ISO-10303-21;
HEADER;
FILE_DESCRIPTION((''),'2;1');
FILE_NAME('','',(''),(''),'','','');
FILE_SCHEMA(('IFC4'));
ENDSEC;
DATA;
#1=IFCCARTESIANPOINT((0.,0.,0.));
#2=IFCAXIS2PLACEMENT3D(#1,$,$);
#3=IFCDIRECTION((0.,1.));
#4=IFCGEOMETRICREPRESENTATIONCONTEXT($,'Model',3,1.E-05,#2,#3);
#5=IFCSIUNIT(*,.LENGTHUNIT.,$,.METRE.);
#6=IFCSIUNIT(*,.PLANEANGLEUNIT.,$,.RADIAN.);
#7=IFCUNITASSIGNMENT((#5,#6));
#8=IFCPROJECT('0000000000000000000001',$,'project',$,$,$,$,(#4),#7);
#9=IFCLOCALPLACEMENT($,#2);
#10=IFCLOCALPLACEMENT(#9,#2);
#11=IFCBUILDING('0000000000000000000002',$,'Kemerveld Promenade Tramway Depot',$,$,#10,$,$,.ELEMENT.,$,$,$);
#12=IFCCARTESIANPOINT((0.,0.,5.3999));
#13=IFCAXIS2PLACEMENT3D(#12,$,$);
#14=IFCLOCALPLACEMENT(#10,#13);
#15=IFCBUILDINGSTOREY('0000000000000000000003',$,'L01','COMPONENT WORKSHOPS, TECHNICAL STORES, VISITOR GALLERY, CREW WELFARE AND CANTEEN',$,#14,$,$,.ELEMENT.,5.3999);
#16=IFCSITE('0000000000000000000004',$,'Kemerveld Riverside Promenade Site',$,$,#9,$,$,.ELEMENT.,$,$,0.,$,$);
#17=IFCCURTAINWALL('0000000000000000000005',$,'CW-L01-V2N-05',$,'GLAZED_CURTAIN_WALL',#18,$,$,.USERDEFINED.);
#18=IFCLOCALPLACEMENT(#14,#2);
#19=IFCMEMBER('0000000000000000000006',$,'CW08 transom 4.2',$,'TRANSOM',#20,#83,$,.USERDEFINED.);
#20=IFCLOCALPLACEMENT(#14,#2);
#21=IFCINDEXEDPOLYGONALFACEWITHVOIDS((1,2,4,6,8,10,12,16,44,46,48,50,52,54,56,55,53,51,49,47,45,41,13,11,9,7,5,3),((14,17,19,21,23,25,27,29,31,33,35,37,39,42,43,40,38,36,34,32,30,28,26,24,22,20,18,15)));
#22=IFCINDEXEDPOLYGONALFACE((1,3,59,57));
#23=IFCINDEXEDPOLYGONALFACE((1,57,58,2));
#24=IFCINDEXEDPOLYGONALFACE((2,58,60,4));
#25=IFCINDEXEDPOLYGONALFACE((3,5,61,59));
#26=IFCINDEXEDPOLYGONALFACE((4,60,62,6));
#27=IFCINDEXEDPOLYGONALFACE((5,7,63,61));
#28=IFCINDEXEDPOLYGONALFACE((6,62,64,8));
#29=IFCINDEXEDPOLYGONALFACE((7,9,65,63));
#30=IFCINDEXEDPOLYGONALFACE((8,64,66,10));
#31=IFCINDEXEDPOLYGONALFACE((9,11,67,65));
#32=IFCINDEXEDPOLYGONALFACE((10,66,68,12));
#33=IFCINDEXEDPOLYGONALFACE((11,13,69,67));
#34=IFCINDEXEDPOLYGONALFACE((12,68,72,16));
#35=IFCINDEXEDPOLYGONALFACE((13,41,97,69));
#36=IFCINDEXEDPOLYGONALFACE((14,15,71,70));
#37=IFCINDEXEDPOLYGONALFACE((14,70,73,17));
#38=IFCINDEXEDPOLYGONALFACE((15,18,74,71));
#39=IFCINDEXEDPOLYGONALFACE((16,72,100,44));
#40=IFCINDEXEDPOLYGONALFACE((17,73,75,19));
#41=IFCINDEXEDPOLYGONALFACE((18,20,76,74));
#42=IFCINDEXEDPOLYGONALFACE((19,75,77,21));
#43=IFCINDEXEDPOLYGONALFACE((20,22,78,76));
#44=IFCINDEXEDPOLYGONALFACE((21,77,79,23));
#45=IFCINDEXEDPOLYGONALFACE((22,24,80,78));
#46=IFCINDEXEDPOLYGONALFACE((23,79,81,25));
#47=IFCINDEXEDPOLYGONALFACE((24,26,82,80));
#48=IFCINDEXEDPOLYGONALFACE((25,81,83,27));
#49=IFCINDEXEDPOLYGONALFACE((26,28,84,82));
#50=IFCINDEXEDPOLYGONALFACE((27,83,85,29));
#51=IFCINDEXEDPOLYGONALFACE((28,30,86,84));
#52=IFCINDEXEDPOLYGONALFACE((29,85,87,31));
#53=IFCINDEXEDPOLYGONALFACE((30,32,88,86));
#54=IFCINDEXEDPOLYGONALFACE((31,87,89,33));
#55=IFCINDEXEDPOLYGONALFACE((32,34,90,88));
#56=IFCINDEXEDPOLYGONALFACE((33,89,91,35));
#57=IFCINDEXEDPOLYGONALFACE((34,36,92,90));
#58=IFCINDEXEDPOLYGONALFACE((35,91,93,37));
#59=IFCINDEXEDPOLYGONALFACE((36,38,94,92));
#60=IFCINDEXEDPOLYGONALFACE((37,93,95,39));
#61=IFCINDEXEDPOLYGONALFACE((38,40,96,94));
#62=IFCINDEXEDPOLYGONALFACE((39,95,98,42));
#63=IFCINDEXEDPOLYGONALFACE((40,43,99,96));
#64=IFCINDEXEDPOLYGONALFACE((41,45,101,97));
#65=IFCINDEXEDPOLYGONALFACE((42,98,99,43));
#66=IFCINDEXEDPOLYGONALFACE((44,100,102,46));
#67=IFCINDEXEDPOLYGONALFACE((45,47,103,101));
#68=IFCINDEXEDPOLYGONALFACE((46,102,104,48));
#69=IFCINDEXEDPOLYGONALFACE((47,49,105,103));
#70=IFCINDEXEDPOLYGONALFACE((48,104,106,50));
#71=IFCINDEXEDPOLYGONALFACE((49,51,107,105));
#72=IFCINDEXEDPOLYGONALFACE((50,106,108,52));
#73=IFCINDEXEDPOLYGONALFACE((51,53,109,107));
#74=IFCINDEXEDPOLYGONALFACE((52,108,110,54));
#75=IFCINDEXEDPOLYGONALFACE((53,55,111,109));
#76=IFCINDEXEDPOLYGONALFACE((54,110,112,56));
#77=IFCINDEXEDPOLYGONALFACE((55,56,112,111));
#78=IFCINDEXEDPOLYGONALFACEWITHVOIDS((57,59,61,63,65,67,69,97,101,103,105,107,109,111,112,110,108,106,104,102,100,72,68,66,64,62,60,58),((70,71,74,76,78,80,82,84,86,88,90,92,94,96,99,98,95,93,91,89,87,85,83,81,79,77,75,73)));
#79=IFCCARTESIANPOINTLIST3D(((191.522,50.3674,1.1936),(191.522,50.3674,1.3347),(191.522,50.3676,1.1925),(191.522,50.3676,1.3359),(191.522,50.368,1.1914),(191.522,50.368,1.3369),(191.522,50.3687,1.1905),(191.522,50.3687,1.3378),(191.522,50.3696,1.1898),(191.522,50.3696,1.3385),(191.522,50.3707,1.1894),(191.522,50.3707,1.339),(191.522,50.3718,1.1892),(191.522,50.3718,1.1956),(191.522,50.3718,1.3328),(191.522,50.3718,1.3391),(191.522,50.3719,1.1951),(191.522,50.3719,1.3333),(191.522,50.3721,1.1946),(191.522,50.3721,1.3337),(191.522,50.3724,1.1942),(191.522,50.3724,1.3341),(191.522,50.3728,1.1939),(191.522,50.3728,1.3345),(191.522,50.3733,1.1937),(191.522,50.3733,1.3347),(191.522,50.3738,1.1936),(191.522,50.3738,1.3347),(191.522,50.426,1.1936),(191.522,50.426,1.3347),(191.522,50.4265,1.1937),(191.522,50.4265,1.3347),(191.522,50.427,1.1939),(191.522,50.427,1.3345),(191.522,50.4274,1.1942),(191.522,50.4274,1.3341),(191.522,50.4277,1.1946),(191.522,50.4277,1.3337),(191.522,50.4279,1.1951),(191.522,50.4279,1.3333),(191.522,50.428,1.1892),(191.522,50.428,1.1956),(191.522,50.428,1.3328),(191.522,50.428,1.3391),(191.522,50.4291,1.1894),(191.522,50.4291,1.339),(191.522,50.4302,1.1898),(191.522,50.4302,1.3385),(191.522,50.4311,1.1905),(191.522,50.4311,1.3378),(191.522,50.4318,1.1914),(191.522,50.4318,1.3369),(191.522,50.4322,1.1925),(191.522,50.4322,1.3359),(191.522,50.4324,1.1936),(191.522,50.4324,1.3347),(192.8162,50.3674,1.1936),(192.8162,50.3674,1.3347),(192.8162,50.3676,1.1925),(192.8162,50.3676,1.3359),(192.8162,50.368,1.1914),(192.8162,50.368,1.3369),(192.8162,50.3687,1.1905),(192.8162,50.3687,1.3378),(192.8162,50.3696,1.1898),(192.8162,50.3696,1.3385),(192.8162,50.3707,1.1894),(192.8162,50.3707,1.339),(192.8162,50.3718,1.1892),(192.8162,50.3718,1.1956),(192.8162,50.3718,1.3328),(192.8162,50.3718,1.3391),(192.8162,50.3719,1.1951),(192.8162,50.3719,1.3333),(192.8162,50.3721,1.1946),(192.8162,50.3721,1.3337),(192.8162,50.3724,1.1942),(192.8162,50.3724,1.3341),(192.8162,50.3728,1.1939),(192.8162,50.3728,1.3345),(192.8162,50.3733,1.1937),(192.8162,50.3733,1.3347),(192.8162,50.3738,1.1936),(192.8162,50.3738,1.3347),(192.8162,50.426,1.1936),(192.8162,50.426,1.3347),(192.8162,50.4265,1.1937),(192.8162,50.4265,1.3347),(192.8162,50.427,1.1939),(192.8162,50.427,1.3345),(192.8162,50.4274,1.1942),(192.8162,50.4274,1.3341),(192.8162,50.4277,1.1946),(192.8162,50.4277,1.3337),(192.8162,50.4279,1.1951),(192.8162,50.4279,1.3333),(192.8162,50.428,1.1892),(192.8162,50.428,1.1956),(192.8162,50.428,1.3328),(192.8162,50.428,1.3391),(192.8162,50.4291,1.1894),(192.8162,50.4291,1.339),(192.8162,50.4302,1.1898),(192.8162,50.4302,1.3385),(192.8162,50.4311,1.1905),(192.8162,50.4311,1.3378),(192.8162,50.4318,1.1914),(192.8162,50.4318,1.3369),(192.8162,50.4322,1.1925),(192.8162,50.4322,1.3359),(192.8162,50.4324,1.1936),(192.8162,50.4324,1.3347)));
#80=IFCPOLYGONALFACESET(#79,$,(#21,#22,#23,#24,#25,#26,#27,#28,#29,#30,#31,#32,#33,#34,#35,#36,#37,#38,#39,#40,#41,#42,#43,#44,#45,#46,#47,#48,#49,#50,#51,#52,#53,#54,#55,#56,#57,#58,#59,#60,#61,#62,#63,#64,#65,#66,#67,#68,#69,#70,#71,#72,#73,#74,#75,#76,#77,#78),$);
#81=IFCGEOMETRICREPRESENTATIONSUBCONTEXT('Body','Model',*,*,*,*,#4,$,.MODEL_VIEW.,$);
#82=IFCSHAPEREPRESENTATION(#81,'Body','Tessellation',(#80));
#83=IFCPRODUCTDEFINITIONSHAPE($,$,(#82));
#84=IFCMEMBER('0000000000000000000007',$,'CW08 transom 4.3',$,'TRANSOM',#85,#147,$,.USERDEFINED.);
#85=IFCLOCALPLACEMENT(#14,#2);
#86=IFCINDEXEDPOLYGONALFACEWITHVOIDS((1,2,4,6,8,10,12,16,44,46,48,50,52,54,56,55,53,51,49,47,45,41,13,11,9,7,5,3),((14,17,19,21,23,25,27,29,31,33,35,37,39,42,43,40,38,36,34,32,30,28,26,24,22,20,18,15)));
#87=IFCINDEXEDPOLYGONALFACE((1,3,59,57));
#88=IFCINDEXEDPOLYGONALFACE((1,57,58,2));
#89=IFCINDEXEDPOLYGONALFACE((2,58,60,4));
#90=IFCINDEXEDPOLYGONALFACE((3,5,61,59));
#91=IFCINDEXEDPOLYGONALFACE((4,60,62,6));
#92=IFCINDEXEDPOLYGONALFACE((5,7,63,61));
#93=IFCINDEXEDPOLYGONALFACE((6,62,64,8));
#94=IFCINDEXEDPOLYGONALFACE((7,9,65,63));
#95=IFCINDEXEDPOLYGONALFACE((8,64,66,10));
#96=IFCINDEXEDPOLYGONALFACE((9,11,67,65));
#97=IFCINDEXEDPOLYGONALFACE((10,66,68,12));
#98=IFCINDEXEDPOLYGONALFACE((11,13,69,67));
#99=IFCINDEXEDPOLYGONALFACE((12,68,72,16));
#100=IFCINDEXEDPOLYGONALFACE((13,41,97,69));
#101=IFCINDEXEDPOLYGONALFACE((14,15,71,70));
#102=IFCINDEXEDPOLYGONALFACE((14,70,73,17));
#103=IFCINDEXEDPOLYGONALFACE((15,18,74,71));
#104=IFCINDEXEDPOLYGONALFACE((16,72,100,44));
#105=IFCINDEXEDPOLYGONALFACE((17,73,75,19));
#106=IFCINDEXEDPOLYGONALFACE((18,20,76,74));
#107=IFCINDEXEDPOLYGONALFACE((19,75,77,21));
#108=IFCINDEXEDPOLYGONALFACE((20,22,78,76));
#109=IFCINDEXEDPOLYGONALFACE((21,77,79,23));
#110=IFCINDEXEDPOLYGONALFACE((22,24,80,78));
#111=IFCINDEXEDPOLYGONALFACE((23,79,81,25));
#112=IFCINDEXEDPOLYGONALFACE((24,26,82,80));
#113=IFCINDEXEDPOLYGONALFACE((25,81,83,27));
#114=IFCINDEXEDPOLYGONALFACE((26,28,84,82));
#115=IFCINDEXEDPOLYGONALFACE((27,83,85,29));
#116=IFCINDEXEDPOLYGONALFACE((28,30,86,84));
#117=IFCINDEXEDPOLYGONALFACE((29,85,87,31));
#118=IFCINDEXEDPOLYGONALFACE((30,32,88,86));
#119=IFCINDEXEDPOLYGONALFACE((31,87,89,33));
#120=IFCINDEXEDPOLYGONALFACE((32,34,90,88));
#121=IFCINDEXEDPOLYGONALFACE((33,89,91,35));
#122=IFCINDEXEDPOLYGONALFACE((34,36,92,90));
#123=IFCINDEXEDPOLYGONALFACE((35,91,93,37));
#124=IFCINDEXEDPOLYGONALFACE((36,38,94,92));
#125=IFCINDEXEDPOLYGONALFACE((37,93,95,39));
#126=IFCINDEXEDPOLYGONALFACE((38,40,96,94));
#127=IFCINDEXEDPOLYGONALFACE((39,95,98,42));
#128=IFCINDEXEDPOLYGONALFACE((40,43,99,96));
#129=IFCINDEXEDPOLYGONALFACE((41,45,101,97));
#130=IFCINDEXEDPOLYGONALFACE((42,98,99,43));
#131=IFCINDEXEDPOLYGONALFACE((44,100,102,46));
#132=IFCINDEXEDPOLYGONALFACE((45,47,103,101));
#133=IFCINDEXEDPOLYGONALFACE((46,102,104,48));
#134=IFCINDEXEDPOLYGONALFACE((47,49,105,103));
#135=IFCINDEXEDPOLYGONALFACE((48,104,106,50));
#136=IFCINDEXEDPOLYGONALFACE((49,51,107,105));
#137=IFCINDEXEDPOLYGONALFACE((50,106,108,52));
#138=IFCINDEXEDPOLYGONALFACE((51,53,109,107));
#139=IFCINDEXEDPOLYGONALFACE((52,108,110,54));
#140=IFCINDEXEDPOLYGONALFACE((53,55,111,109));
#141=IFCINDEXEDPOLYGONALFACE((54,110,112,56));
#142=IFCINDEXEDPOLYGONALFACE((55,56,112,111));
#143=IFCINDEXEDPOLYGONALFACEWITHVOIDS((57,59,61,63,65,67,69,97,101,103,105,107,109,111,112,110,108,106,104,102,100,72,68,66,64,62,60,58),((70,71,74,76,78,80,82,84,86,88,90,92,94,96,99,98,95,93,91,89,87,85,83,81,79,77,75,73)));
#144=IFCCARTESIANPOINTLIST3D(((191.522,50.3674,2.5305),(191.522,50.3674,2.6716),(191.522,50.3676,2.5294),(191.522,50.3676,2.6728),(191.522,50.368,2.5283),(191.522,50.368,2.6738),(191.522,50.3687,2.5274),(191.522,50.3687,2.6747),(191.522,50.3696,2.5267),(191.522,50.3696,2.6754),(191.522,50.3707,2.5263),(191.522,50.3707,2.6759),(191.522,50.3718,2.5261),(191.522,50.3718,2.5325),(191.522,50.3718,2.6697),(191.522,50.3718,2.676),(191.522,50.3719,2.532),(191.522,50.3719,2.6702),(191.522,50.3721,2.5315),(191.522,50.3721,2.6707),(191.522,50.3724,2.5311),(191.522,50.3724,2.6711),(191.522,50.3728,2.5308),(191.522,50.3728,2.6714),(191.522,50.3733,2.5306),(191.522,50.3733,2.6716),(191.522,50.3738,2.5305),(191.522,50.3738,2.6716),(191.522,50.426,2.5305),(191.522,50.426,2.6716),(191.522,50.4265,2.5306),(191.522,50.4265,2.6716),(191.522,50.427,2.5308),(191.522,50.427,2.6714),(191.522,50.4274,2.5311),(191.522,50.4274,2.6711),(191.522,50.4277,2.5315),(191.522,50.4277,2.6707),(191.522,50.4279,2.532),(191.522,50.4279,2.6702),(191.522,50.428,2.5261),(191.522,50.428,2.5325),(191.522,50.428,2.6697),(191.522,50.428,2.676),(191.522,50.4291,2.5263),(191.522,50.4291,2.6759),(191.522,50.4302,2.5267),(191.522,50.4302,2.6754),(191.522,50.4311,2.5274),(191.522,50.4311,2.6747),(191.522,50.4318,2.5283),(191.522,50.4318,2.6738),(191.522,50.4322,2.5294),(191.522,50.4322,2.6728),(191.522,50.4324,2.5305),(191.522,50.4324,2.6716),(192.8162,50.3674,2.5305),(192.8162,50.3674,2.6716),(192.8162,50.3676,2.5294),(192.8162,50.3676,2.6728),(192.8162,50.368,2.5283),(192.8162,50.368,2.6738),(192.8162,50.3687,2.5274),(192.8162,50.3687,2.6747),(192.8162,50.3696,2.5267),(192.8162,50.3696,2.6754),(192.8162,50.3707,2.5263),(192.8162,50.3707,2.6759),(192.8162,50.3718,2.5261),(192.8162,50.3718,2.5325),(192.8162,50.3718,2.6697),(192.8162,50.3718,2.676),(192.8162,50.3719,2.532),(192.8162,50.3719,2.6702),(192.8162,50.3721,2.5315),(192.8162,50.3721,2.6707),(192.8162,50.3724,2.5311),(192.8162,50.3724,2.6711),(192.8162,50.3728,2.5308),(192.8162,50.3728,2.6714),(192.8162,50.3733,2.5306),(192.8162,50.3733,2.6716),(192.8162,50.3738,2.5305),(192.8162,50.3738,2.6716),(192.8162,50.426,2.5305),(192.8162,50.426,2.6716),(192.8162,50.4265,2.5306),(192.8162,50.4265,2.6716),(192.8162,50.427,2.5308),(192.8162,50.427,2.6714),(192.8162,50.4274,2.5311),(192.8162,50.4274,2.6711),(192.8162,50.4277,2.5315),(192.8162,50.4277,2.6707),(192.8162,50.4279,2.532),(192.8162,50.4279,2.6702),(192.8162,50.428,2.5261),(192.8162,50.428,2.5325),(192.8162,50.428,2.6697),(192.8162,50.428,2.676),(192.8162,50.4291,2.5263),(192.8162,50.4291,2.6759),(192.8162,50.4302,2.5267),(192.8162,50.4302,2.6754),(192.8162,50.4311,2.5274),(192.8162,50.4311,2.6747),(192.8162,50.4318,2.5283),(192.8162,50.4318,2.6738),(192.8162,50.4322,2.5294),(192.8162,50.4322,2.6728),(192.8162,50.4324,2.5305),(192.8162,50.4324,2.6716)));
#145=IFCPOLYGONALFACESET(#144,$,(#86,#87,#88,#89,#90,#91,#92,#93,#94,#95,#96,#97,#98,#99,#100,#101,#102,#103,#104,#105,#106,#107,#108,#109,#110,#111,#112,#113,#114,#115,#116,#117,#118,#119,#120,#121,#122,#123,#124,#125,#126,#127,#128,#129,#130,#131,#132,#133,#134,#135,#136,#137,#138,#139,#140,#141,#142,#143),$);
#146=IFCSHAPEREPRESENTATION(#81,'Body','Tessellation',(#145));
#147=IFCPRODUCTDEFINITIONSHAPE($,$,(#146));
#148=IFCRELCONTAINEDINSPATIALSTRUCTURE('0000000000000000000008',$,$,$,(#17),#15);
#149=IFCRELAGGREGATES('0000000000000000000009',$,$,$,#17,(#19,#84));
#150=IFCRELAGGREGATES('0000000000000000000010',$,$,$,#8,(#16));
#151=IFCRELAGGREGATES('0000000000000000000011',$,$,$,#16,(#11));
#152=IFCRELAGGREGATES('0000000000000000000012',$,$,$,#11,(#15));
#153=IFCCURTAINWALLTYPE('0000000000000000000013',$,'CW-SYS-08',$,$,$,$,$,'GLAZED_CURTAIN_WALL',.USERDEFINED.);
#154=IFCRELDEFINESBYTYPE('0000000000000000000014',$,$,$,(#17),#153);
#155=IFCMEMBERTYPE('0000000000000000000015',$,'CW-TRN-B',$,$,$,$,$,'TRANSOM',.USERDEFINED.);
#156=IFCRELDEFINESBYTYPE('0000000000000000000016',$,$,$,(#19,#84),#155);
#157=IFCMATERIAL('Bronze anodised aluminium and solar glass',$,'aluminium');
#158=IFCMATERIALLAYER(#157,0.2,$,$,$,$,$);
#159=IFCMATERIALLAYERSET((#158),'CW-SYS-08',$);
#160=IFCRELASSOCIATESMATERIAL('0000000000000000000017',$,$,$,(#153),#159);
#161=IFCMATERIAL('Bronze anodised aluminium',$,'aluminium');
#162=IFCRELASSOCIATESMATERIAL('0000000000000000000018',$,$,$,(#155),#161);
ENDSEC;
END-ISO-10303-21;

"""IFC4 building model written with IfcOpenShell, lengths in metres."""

from ifc_helpers import new_model, si_unit, direction, frame, origin, origin_2d, place, context, subcontext, project, spatial, hollow_rectangle, extrude, material, layer, layer_set, material_profile, profile_set, type_object, element, aggregate, save


model = new_model("IFC4")

# Units and contexts
model_context = context("Model", 3, precision=1e-05, world=origin(), true_north=direction((0.0, 1.0)))
body_context = subcontext(model_context, "Body", "Model", "MODEL_VIEW")
ifc_project = project(units=[si_unit("LENGTHUNIT", "METRE"), si_unit("PLANEANGLEUNIT", "RADIAN")], contexts=[model_context])

# Site, building, storey
site_placement = place(None, origin())
site = spatial("IfcSite", under=ifc_project, at=site_placement, Name="Kemerveld Riverside Promenade Site", CompositionType="ELEMENT", RefElevation=0.0)
building_placement = place(site_placement, origin())
building = spatial("IfcBuilding", under=site, at=building_placement, Name="Kemerveld Promenade Tramway Depot", CompositionType="ELEMENT")
storey_placement = place(building_placement, frame((0.0, 0.0, 5.3999)))
storey = spatial("IfcBuildingStorey", under=building, at=storey_placement, Name="L01", Description="COMPONENT WORKSHOPS, TECHNICAL STORES, VISITOR GALLERY, CREW WELFARE AND CANTEEN", CompositionType="ELEMENT", Elevation=5.3999)

# Curtain wall
ifc_material_1 = material(Name="Bronze anodised aluminium and solar glass", Category="aluminium")
ifc_layer_1 = layer(ifc_material_1, 0.2)
ifc_layer_set_1 = layer_set([ifc_layer_1], Name="CW-SYS-08")
curtain_wall_type_1 = type_object("IfcCurtainWallType", Name="CW-SYS-08", ElementType="GLAZED_CURTAIN_WALL", PredefinedType="USERDEFINED", material=ifc_layer_set_1)
curtain_wall_1_placement = place(storey_placement, origin())
curtain_wall_1 = element("IfcCurtainWall", 1, at=curtain_wall_1_placement, inside=storey, type_object=curtain_wall_type_1, Name="CW-L01-V2N-05", ObjectType="GLAZED_CURTAIN_WALL", PredefinedType="USERDEFINED")
ifc_material_2 = material(Name="Bronze anodised aluminium", Category="aluminium")

# Members
ifc_material_profile_1 = material_profile(ifc_material_2, hollow_rectangle(XDim=0.0649, YDim=0.1499, WallThickness=0.0044, InnerFilletRadius=0.002, OuterFilletRadius=0.0044, at=origin_2d()), Name="CW-TRN-150x65")
ifc_profile_set_1 = profile_set([ifc_material_profile_1], Name="Bronze anodised aluminium")
member_type_1 = type_object("IfcMemberType", Name="CW-TRN-B", ElementType="TRANSOM", PredefinedType="USERDEFINED", material=ifc_profile_set_1)
member_1_placement = place(storey_placement, frame((191.522, 50.3999, 1.2642), z_axis=(1.0, 0.0, 0.0), x_axis=(0.0, 1.0, 0.0)))
member_1 = element("IfcMember", 2, at=member_1_placement, type_object=member_type_1, Name="CW08 transom 4.2", ObjectType="TRANSOM", PredefinedType="USERDEFINED", context=body_context, shape_type="SweptSolid", body=[
    extrude(hollow_rectangle(XDim=0.0649, YDim=0.1499, WallThickness=0.0044, InnerFilletRadius=0.002, OuterFilletRadius=0.0044, at=origin_2d()), origin(), (0.0, 0.0, 1.0), 1.2942),
])
member_2_placement = place(storey_placement, frame((191.522, 50.3999, 2.6011), z_axis=(1.0, 0.0, 0.0), x_axis=(0.0, 1.0, 0.0)))
member_2 = element("IfcMember", 3, at=member_2_placement, type_object=member_type_1, Name="CW08 transom 4.3", ObjectType="TRANSOM", PredefinedType="USERDEFINED", context=body_context, shape_type="SweptSolid", body=[
    extrude(hollow_rectangle(XDim=0.0649, YDim=0.1499, WallThickness=0.0044, InnerFilletRadius=0.002, OuterFilletRadius=0.0044, at=origin_2d()), origin(), (0.0, 0.0, 1.0), 1.2942),
])

aggregate(curtain_wall_1, [member_1, member_2])

save(model, "model.ifc")
